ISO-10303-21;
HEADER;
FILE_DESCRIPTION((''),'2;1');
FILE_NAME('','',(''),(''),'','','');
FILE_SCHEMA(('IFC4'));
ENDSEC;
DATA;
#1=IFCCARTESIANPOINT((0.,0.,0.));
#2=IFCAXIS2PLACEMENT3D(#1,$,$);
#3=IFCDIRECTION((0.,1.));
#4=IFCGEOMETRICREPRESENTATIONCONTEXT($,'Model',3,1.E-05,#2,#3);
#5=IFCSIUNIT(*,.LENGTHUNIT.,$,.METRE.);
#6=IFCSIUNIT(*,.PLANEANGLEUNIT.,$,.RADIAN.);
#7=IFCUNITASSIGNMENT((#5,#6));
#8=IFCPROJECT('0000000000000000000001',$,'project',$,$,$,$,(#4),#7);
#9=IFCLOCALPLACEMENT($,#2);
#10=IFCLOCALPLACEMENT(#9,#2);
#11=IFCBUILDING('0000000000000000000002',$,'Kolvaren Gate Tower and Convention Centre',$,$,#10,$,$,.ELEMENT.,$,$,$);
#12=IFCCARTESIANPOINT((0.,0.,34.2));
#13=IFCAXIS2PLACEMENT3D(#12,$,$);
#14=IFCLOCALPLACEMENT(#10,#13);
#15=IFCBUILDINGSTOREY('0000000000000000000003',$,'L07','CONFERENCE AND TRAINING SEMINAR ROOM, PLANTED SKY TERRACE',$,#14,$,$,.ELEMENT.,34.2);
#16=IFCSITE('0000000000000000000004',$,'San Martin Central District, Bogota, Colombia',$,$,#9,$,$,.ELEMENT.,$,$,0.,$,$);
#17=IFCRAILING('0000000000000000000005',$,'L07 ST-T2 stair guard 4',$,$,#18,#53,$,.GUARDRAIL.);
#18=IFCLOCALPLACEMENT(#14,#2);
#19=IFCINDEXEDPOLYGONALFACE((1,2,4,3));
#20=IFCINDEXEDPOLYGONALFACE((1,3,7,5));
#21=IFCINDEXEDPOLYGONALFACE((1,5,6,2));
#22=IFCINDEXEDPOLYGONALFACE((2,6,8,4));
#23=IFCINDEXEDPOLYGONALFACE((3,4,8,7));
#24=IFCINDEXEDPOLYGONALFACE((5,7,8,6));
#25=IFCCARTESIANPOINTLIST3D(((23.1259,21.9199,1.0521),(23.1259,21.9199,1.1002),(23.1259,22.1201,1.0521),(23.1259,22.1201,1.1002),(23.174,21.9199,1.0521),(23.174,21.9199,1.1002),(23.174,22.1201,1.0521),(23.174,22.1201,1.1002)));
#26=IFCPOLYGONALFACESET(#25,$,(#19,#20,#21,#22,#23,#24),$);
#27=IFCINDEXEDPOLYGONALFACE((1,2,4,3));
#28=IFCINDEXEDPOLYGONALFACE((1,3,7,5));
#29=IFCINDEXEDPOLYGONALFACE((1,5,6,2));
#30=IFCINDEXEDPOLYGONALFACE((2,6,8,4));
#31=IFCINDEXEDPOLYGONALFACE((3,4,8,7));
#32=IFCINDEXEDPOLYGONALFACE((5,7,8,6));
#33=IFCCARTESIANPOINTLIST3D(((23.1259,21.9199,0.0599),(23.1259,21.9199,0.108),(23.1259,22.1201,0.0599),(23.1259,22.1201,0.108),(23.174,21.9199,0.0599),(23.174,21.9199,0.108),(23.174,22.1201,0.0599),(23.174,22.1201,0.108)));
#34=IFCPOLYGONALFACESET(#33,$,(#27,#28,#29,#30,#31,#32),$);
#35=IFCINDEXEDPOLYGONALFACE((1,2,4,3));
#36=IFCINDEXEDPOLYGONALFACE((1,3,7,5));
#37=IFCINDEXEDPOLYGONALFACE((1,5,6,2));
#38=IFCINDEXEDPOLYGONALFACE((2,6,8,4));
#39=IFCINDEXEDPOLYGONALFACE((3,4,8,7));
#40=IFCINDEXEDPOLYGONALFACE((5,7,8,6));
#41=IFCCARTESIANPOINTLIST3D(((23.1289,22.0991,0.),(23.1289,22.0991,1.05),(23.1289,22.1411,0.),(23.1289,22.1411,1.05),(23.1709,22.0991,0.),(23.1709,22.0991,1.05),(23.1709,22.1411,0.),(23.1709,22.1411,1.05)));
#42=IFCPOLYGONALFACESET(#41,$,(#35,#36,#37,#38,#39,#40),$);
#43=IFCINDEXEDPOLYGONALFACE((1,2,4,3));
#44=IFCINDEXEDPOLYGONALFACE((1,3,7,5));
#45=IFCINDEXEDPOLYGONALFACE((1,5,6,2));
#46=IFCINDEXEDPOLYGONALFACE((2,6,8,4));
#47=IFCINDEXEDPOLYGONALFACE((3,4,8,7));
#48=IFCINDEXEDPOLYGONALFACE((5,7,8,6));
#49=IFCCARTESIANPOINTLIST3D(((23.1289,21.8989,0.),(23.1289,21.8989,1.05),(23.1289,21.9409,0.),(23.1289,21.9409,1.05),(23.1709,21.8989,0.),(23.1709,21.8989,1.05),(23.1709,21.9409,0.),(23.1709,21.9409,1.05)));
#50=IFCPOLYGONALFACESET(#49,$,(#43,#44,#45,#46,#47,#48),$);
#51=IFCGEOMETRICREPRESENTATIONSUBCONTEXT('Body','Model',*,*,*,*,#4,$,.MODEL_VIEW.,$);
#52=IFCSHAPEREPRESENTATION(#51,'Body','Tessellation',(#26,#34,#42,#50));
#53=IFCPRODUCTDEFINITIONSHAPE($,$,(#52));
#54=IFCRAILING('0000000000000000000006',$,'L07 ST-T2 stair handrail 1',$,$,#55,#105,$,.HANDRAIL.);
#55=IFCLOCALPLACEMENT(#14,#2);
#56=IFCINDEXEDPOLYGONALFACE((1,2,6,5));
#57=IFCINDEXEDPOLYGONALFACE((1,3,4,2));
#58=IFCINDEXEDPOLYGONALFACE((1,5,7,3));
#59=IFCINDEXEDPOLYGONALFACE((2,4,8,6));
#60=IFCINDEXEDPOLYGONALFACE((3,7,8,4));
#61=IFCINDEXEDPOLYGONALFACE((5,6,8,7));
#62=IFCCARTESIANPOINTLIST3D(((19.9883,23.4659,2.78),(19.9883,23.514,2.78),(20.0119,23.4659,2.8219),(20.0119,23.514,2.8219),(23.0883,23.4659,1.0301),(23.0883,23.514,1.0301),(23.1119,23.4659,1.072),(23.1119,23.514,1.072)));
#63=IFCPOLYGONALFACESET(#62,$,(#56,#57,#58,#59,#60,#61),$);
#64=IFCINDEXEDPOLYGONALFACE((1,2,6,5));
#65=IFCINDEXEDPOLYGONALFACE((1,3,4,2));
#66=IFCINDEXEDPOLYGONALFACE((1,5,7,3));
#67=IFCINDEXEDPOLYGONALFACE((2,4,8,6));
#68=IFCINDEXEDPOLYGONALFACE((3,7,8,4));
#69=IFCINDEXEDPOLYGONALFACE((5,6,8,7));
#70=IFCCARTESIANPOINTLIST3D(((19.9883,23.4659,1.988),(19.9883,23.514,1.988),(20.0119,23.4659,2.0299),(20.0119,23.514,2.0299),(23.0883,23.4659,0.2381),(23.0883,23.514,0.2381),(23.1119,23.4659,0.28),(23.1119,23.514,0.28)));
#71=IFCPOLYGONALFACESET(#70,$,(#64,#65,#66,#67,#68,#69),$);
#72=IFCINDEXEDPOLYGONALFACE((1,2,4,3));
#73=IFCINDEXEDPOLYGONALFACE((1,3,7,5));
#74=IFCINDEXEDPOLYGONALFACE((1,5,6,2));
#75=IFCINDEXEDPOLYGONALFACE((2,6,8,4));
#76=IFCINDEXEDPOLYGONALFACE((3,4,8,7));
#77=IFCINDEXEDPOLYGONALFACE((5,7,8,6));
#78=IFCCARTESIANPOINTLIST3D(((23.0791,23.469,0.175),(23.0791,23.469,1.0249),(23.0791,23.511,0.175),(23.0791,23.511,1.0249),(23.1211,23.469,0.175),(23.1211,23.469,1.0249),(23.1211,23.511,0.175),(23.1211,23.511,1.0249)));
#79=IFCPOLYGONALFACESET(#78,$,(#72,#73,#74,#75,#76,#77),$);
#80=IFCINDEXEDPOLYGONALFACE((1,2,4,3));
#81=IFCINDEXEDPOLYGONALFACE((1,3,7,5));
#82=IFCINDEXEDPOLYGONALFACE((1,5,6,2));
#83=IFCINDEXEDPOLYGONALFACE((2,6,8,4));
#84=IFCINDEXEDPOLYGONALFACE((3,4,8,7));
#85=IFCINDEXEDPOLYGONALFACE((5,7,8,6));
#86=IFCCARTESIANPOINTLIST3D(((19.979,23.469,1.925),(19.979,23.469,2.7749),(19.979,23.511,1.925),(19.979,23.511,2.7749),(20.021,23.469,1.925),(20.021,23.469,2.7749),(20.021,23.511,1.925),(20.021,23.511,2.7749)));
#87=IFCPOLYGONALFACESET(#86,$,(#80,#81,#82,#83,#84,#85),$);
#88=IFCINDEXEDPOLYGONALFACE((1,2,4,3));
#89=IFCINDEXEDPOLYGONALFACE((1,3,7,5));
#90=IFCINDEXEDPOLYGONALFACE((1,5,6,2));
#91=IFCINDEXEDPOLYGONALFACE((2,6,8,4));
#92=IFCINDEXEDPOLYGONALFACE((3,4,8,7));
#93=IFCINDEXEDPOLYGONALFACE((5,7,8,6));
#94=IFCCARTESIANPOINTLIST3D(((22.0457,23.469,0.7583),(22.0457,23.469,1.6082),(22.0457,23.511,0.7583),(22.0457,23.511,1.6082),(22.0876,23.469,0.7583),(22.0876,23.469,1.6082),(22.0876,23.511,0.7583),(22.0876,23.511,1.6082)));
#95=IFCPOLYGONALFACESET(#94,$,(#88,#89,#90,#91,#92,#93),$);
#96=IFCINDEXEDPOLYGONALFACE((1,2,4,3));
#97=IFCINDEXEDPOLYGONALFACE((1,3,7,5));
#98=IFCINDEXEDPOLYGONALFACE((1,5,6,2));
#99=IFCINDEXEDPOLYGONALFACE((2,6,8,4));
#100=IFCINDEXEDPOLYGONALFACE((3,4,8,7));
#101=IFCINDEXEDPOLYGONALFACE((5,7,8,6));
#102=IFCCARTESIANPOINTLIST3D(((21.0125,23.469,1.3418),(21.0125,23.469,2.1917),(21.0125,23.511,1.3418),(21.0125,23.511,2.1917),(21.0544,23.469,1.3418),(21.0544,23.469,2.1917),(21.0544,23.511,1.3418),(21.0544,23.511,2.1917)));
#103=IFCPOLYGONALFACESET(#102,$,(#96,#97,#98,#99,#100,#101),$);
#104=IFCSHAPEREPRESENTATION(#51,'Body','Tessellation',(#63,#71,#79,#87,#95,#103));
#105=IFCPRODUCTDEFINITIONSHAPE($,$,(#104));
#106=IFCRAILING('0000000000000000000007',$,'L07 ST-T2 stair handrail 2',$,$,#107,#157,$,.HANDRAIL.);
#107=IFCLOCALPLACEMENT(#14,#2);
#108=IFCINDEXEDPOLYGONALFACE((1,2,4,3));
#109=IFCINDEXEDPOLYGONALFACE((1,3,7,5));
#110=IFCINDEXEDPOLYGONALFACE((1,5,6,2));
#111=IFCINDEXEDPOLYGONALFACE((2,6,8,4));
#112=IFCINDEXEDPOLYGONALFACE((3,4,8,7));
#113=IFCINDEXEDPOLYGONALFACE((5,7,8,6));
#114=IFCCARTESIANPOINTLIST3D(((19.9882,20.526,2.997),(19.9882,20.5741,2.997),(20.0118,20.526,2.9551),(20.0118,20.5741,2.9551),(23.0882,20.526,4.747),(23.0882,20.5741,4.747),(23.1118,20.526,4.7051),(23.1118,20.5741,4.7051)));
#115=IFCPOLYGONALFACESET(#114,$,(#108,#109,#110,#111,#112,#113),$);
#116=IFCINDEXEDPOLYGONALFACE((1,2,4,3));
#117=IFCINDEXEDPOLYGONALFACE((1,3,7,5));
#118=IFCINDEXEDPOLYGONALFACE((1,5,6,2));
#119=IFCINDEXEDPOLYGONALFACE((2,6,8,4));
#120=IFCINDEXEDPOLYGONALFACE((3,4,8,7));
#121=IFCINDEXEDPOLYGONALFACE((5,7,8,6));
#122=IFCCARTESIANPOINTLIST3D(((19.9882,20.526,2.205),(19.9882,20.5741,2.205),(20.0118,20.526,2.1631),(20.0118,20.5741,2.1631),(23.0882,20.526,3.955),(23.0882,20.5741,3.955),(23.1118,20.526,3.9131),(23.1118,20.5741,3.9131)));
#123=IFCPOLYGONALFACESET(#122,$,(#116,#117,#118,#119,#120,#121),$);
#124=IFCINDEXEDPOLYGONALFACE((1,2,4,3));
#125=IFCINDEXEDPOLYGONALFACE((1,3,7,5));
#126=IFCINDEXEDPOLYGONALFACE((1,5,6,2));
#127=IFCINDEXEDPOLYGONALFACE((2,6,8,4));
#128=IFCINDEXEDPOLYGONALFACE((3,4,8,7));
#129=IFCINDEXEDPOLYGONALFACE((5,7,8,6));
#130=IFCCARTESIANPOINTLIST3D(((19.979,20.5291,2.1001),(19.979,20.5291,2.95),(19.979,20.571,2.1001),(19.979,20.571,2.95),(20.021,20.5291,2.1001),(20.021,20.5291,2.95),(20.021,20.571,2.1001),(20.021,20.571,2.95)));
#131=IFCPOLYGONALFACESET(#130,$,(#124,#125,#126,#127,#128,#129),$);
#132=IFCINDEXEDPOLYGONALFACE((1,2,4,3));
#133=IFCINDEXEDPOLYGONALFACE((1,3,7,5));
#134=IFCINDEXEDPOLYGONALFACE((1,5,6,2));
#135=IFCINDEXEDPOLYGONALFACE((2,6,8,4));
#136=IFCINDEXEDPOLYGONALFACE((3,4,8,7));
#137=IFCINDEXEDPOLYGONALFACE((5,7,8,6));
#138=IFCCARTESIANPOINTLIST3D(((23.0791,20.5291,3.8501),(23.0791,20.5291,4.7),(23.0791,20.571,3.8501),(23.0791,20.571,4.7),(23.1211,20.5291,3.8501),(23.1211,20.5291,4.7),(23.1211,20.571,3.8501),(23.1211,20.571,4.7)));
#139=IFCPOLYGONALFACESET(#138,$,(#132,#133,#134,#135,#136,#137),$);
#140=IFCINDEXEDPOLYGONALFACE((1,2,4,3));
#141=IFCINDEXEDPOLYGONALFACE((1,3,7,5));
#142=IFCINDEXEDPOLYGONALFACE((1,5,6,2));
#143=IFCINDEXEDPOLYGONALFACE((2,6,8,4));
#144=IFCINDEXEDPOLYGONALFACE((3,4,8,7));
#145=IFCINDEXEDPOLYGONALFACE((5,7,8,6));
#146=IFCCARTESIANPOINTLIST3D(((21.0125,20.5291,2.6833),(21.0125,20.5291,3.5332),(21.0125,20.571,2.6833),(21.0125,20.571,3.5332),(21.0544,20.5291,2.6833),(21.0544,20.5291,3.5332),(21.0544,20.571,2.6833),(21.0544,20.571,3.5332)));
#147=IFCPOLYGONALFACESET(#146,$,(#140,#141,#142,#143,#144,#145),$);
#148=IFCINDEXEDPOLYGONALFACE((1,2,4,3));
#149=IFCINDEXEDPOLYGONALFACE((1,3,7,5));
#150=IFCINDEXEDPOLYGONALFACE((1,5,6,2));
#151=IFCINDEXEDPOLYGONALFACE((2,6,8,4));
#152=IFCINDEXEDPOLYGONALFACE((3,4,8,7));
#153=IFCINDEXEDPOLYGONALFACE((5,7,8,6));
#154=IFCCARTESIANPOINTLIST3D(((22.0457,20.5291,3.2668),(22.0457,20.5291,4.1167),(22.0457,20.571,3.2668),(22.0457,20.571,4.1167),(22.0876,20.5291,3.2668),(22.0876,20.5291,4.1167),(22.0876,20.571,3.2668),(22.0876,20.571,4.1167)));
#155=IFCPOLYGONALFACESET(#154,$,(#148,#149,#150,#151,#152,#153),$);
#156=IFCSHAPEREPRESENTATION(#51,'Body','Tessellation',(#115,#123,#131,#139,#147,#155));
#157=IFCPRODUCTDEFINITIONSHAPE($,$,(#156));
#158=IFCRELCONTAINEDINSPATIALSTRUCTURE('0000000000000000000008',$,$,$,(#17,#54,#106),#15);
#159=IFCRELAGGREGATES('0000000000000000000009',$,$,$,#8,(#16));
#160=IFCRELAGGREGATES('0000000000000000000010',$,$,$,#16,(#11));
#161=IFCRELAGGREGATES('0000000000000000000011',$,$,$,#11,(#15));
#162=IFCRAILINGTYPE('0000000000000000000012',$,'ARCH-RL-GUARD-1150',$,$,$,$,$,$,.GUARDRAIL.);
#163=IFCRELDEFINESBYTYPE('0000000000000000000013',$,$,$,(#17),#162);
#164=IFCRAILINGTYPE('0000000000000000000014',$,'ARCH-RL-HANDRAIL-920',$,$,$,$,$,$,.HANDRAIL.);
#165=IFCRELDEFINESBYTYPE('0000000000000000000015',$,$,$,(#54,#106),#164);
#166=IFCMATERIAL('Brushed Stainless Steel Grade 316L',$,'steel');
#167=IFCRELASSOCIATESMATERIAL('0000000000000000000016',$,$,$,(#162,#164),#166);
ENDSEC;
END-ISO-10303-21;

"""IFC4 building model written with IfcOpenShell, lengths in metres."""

from ifc_helpers import new_model, si_unit, direction, frame, origin, origin_2d, place, context, subcontext, project, spatial, rectangle, extrude, material, type_object, element, save


model = new_model("IFC4")

# Units and contexts
model_context = context("Model", 3, precision=1e-05, world=origin(), true_north=direction((0.0, 1.0)))
body_context = subcontext(model_context, "Body", "Model", "MODEL_VIEW")
ifc_project = project(units=[si_unit("LENGTHUNIT", "METRE"), si_unit("PLANEANGLEUNIT", "RADIAN")], contexts=[model_context])

# Site, building, storey
site_placement = place(None, origin())
site = spatial("IfcSite", under=ifc_project, at=site_placement, Name="San Martin Central District, Bogota, Colombia", CompositionType="ELEMENT", RefElevation=0.0)
building_placement = place(site_placement, origin())
building = spatial("IfcBuilding", under=site, at=building_placement, Name="Kolvaren Gate Tower and Convention Centre", CompositionType="ELEMENT")
storey_placement = place(building_placement, frame((0.0, 0.0, 34.2)))
storey = spatial("IfcBuildingStorey", under=building, at=storey_placement, Name="L07", Description="CONFERENCE AND TRAINING SEMINAR ROOM, PLANTED SKY TERRACE", CompositionType="ELEMENT", Elevation=34.2)

# Shared definitions
ifc_material_1 = material(Name="Brushed Stainless Steel Grade 316L", Category="steel")

# Railings
railing_type_1 = type_object("IfcRailingType", Name="ARCH-RL-GUARD-1150", PredefinedType="GUARDRAIL", material=ifc_material_1)
railing_1_placement = place(storey_placement, frame((23.1499, 22.1201, 0.0)))
element("IfcRailing", 1, at=railing_1_placement, inside=storey, type_object=railing_type_1, Name="L07 ST-T2 stair guard 4", PredefinedType="GUARDRAIL", context=body_context, shape_type="SweptSolid", body=[
    extrude(rectangle(XDim=0.0481, YDim=0.0481, at=origin_2d()), frame((0.0, 0.0, 1.0762), z_axis=(0.0, -1.0, 0.0), x_axis=(1.0, 0.0, 0.0)), (0.0, 0.0, 1.0), 0.2002),
    extrude(rectangle(XDim=0.0481, YDim=0.0481, at=origin_2d()), frame((0.0, 0.0, 0.084), z_axis=(0.0, -1.0, 0.0), x_axis=(1.0, 0.0, 0.0)), (0.0, 0.0, 1.0), 0.2002),
    extrude(rectangle(XDim=0.042, YDim=0.042, at=origin_2d()), origin(), (0.0, 0.0, 1.0), 1.05),
    extrude(rectangle(XDim=0.042, YDim=0.042, at=origin_2d()), frame((0.0, -0.2002, 0.0)), (0.0, 0.0, 1.0), 1.05),
])
railing_type_2 = type_object("IfcRailingType", Name="ARCH-RL-HANDRAIL-920", PredefinedType="HANDRAIL", material=ifc_material_1)
railing_2_placement = place(storey_placement, frame((23.1001, 23.49, 0.175)))
element("IfcRailing", 2, at=railing_2_placement, inside=storey, type_object=railing_type_2, Name="L07 ST-T2 stair handrail 1", PredefinedType="HANDRAIL", context=body_context, shape_type="SweptSolid", body=[
    extrude(rectangle(XDim=0.0481, YDim=0.0481, at=origin_2d()), frame((0.0, 0.0, 0.876), z_axis=(-0.870831, 0.0, 0.491583), x_axis=(0.0, -1.0, 0.0)), (0.0, 0.0, 1.0), 3.5598),
    extrude(rectangle(XDim=0.0481, YDim=0.0481, at=origin_2d()), frame((0.0, 0.0, 0.084), z_axis=(-0.870831, 0.0, 0.491583), x_axis=(0.0, -1.0, 0.0)), (0.0, 0.0, 1.0), 3.5598),
    extrude(rectangle(XDim=0.042, YDim=0.042, at=origin_2d()), origin(), (0.0, 0.0, 1.0), 0.8499),
    extrude(rectangle(XDim=0.042, YDim=0.042, at=origin_2d()), frame((-3.1001, 0.0, 1.75)), (0.0, 0.0, 1.0), 0.8499),
    extrude(rectangle(XDim=0.042, YDim=0.042, at=origin_2d()), frame((-1.0334, 0.0, 0.5833)), (0.0, 0.0, 1.0), 0.8499),
    extrude(rectangle(XDim=0.042, YDim=0.042, at=origin_2d()), frame((-2.0667, 0.0, 1.1667)), (0.0, 0.0, 1.0), 0.8499),
])
railing_3_placement = place(storey_placement, frame((20.0, 20.55, 2.1001)))
element("IfcRailing", 3, at=railing_3_placement, inside=storey, type_object=railing_type_2, Name="L07 ST-T2 stair handrail 2", PredefinedType="HANDRAIL", context=body_context, shape_type="SweptSolid", body=[
    extrude(rectangle(XDim=0.0481, YDim=0.0481, at=origin_2d()), frame((0.0, 0.0, 0.876), z_axis=(0.870831, 0.0, 0.491583), x_axis=(0.0, 1.0, 0.0)), (0.0, 0.0, 1.0), 3.5598),
    extrude(rectangle(XDim=0.0481, YDim=0.0481, at=origin_2d()), frame((0.0, 0.0, 0.084), z_axis=(0.870831, 0.0, 0.491583), x_axis=(0.0, 1.0, 0.0)), (0.0, 0.0, 1.0), 3.5598),
    extrude(rectangle(XDim=0.042, YDim=0.042, at=origin_2d()), origin(), (0.0, 0.0, 1.0), 0.8499),
    extrude(rectangle(XDim=0.042, YDim=0.042, at=origin_2d()), frame((3.1001, 0.0, 1.75)), (0.0, 0.0, 1.0), 0.8499),
    extrude(rectangle(XDim=0.042, YDim=0.042, at=origin_2d()), frame((1.0334, 0.0, 0.5833)), (0.0, 0.0, 1.0), 0.8499),
    extrude(rectangle(XDim=0.042, YDim=0.042, at=origin_2d()), frame((2.0667, 0.0, 1.1667)), (0.0, 0.0, 1.0), 0.8499),
])

save(model, "model.ifc")
